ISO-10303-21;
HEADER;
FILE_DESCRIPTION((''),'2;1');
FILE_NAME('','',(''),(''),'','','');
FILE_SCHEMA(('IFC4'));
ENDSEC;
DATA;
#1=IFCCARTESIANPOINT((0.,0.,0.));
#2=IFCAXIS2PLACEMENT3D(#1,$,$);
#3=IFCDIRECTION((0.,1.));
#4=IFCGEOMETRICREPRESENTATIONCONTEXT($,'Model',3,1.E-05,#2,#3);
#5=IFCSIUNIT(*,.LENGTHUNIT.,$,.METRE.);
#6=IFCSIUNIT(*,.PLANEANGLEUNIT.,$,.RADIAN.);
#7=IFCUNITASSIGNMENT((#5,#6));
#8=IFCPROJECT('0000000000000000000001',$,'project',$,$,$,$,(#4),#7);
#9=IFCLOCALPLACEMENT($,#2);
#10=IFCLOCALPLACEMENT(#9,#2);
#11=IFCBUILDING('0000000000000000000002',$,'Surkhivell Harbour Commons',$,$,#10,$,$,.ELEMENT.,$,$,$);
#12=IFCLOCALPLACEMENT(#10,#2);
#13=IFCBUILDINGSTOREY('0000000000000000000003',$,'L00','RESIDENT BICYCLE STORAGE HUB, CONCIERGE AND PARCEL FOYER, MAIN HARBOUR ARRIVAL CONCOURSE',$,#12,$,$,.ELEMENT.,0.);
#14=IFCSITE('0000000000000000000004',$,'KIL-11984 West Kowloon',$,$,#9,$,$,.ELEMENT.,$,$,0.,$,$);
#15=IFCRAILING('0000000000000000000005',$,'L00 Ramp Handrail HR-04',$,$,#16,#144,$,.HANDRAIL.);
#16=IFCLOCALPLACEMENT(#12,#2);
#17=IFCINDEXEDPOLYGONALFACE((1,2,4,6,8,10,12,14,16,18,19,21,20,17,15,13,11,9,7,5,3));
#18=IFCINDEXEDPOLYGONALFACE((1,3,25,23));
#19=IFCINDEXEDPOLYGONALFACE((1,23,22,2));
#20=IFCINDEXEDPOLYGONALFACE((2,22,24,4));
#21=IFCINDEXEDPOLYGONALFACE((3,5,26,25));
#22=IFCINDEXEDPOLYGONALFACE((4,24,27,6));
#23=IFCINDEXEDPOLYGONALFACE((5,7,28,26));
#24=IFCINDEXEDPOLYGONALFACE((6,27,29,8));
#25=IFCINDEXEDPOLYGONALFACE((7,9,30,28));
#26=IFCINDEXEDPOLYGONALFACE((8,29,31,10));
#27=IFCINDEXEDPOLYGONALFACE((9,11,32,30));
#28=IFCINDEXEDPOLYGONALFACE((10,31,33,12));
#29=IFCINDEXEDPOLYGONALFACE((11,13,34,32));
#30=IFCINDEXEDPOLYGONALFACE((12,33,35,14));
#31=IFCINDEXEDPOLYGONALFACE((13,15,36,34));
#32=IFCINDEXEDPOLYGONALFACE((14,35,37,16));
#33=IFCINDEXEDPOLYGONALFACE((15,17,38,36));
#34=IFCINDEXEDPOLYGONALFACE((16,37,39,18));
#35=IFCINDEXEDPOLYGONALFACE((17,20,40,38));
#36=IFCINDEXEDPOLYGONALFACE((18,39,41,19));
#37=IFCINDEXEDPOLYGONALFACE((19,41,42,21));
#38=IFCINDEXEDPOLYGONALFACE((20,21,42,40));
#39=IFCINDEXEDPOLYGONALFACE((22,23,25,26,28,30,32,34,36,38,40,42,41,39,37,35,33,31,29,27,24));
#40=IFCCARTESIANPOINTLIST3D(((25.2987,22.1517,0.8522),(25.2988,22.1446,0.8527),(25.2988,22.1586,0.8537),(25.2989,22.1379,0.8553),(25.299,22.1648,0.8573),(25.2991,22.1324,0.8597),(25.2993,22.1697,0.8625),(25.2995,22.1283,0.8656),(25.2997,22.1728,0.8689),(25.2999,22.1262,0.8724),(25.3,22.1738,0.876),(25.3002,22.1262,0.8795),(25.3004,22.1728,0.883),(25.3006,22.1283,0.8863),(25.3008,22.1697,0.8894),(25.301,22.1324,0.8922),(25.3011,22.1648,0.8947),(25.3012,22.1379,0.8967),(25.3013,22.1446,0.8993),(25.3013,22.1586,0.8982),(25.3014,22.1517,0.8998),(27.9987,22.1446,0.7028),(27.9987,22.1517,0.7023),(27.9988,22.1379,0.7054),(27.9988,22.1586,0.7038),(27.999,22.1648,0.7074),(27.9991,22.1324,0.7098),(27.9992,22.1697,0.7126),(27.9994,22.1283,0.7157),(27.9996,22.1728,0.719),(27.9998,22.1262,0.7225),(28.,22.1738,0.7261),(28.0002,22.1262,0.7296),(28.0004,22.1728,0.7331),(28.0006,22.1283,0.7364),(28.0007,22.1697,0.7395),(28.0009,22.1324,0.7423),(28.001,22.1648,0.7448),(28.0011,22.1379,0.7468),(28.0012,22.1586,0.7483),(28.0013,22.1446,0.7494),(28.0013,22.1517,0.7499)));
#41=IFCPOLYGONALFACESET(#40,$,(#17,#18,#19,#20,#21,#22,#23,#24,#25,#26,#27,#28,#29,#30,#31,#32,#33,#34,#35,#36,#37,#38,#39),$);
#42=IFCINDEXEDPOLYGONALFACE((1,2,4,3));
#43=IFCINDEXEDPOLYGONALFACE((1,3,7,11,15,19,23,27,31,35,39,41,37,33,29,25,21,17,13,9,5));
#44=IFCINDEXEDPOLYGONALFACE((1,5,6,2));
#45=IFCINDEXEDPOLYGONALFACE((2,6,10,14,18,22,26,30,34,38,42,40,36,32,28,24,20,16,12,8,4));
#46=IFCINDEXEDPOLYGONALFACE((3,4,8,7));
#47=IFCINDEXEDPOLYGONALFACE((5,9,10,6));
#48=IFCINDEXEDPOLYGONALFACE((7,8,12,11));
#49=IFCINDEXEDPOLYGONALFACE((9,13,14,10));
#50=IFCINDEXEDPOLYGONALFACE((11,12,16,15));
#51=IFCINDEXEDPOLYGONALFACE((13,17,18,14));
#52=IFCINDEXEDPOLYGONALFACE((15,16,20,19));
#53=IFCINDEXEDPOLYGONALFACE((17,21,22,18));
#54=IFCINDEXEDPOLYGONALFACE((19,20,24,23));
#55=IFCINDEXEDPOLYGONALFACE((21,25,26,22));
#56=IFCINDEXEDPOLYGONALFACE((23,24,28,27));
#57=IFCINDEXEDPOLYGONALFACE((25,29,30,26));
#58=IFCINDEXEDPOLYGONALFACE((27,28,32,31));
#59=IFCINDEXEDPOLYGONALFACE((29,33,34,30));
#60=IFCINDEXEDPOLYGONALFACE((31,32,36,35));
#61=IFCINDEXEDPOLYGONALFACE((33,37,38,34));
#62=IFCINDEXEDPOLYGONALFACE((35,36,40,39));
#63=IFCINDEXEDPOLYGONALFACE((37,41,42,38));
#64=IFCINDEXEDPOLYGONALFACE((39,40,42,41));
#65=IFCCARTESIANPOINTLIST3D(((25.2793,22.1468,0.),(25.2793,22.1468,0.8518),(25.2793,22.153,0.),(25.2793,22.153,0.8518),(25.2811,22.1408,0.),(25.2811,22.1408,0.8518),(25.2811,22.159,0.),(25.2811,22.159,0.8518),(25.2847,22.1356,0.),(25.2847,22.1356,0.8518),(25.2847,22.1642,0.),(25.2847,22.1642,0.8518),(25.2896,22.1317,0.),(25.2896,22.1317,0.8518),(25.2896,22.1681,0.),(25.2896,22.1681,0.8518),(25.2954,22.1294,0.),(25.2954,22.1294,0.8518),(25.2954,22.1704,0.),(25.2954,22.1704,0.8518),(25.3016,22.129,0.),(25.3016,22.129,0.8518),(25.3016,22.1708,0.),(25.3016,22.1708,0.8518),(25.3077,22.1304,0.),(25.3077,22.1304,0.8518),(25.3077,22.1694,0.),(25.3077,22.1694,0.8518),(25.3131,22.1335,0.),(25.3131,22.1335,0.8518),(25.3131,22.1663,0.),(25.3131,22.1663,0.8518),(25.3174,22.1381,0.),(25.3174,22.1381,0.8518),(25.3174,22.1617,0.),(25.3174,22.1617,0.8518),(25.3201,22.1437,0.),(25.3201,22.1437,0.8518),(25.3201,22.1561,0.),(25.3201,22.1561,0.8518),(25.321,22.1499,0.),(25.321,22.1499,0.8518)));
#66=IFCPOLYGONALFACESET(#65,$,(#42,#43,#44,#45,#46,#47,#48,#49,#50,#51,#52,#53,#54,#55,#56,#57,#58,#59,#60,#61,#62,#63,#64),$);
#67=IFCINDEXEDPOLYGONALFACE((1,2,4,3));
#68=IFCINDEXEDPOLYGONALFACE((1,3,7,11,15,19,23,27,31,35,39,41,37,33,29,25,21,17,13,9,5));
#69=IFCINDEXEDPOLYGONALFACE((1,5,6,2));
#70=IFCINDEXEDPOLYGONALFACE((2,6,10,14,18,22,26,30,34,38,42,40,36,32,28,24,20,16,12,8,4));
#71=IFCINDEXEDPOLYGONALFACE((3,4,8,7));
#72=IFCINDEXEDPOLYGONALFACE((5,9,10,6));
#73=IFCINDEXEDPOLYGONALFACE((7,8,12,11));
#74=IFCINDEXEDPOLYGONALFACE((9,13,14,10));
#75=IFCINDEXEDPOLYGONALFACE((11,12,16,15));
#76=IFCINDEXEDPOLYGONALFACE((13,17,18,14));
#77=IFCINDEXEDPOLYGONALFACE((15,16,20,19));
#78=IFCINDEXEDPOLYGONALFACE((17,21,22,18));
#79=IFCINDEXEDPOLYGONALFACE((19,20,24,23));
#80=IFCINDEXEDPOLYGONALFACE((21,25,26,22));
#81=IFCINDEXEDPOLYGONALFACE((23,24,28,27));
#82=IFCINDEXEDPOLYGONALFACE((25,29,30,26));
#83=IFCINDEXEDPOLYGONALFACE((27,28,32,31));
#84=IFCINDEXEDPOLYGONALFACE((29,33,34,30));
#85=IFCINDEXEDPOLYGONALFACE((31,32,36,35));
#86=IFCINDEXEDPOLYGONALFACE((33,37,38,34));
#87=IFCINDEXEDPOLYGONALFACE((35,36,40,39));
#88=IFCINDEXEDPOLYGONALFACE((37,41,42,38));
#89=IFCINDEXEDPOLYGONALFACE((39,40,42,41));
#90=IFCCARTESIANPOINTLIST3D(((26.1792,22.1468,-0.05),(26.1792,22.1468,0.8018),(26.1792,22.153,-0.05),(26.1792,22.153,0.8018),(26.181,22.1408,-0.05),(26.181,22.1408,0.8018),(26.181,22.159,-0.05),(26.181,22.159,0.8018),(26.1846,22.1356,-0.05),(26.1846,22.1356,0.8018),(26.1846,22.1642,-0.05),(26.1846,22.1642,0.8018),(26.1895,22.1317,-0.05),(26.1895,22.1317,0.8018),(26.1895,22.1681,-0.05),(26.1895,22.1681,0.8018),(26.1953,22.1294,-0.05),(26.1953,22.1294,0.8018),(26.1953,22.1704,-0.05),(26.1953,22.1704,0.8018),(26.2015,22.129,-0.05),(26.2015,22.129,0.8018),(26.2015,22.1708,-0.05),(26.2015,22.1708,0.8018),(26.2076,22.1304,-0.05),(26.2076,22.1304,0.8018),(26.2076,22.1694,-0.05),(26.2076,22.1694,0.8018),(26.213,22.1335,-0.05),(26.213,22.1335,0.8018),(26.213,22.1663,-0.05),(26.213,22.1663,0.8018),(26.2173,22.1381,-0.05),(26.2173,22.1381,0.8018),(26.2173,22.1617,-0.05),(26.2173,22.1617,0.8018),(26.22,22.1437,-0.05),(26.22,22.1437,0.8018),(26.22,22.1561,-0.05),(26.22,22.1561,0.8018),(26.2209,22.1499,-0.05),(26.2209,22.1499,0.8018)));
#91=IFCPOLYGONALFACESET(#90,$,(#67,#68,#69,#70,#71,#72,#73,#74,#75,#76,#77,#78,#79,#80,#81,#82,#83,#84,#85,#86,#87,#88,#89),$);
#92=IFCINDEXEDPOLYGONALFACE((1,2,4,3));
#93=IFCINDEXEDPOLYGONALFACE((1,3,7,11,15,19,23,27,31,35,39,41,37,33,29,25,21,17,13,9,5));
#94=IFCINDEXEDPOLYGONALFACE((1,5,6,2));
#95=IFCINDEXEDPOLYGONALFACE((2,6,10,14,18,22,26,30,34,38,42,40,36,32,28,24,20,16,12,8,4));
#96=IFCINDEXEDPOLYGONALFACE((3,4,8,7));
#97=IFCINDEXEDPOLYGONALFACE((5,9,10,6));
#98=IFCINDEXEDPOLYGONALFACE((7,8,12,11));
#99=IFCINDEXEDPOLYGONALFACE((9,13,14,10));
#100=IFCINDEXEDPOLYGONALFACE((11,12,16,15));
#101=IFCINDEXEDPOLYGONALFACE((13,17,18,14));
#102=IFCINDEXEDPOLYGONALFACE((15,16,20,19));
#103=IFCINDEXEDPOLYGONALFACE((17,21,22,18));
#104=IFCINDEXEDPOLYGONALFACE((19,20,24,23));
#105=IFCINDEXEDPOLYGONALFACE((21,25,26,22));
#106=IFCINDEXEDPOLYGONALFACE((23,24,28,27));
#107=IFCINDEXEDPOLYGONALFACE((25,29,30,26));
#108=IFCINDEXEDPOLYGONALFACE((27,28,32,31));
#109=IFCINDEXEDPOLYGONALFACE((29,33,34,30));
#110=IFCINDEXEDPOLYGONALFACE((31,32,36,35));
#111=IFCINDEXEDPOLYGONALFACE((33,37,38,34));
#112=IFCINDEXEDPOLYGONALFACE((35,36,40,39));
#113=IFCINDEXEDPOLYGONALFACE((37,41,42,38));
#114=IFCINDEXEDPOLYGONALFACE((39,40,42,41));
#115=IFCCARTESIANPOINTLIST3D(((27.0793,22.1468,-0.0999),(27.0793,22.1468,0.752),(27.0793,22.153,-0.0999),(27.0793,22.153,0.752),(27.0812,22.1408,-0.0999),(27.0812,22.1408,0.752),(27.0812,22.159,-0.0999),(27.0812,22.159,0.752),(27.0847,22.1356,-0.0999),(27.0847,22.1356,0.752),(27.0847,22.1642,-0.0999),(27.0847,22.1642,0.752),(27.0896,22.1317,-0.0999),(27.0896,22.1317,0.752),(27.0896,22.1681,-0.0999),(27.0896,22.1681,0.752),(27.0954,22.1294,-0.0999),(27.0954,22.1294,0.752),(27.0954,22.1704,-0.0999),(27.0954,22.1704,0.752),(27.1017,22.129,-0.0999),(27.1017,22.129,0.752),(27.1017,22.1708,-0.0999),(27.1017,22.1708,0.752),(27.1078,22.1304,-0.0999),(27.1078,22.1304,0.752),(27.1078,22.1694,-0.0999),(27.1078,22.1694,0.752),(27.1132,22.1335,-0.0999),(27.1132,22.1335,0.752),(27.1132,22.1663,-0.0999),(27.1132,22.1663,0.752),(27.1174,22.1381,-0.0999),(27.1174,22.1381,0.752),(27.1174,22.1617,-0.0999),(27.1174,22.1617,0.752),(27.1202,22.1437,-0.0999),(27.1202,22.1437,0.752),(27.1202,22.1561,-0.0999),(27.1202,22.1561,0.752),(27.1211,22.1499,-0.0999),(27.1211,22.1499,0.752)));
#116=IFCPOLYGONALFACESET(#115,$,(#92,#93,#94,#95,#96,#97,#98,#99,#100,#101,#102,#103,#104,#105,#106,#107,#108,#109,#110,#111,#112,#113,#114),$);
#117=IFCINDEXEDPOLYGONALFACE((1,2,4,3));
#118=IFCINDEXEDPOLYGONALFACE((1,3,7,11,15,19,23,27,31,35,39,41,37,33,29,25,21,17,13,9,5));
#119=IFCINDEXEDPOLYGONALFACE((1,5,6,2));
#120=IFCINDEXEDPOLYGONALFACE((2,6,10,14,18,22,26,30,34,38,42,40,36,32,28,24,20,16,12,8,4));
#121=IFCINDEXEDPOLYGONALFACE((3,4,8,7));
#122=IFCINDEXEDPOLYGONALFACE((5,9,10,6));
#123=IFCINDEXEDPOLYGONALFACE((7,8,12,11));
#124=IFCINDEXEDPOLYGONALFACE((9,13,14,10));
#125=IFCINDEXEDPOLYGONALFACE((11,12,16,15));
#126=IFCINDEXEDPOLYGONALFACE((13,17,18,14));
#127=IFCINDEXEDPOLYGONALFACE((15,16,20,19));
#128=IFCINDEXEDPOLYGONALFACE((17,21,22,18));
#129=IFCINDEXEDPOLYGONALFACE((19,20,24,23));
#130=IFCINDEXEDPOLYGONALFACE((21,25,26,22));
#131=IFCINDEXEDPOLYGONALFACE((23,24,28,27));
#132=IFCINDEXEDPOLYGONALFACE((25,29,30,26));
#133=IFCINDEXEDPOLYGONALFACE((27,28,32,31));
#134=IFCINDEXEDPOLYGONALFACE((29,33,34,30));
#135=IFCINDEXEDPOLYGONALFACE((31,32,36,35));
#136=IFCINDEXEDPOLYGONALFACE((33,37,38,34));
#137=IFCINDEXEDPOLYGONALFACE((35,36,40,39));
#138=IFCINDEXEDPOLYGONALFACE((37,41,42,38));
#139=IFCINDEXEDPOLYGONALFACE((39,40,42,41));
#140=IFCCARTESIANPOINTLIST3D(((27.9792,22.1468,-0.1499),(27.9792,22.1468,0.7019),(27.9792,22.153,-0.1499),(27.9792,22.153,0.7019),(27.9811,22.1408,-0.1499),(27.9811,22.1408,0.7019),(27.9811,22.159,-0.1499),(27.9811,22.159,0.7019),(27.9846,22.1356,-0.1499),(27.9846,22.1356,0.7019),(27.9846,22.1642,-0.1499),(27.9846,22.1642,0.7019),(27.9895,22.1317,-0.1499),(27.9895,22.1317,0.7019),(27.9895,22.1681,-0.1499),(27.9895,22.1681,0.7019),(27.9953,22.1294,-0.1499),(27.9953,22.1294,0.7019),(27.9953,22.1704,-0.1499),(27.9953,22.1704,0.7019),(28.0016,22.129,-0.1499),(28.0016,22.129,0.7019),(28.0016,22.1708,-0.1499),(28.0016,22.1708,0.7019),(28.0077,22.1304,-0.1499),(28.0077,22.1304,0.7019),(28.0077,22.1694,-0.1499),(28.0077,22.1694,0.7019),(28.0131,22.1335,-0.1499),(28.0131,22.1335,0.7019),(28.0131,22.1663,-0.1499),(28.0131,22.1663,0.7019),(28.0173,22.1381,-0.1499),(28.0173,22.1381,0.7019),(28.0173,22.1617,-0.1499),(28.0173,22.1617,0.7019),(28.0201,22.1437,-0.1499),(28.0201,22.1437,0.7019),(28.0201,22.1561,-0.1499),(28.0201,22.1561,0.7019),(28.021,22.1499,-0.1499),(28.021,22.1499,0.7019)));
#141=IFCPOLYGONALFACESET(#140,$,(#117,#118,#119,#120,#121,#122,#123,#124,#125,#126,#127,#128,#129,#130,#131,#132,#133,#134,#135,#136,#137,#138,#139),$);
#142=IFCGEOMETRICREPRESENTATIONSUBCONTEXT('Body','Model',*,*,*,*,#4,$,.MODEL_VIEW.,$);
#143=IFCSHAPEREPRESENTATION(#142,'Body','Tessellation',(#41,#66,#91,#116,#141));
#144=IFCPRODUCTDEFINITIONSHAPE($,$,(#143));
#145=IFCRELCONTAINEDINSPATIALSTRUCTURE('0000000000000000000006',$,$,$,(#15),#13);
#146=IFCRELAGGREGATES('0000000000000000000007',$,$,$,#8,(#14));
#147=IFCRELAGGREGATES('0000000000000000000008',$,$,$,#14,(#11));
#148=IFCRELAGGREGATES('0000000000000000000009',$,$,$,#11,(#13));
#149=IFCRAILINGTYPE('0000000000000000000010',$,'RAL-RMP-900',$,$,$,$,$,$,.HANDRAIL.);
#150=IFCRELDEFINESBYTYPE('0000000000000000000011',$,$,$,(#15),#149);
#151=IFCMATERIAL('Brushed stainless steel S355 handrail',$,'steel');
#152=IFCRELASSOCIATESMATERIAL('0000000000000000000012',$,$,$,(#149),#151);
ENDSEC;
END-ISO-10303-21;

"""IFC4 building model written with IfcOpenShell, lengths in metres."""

from ifc_helpers import new_model, si_unit, direction, frame, origin, origin_2d, place, context, subcontext, project, spatial, circle, extrude, material, type_object, element, save


model = new_model("IFC4")

# Units and contexts
model_context = context("Model", 3, precision=1e-05, world=origin(), true_north=direction((0.0, 1.0)))
body_context = subcontext(model_context, "Body", "Model", "MODEL_VIEW")
ifc_project = project(units=[si_unit("LENGTHUNIT", "METRE"), si_unit("PLANEANGLEUNIT", "RADIAN")], contexts=[model_context])

# Site, building, storey
site_placement = place(None, origin())
site = spatial("IfcSite", under=ifc_project, at=site_placement, Name="KIL-11984 West Kowloon", CompositionType="ELEMENT", RefElevation=0.0)
building_placement = place(site_placement, origin())
building = spatial("IfcBuilding", under=site, at=building_placement, Name="Surkhivell Harbour Commons", CompositionType="ELEMENT")
storey_placement = place(building_placement, origin())
storey = spatial("IfcBuildingStorey", under=building, at=storey_placement, Name="L00", Description="RESIDENT BICYCLE STORAGE HUB, CONCIERGE AND PARCEL FOYER, MAIN HARBOUR ARRIVAL CONCOURSE", CompositionType="ELEMENT", Elevation=0.0)

# Railing
ifc_material_1 = material(Name="Brushed stainless steel S355 handrail", Category="steel")
railing_type = type_object("IfcRailingType", Name="RAL-RMP-900", PredefinedType="HANDRAIL", material=ifc_material_1)
railing_placement = place(storey_placement, frame((25.3, 22.1499, 0.0)))
element("IfcRailing", 1, at=railing_placement, inside=storey, type_object=railing_type, Name="L00 Ramp Handrail HR-04", PredefinedType="HANDRAIL", context=body_context, shape_type="SweptSolid", body=[
    extrude(circle(Radius=0.0239, at=origin_2d()), frame((0.0, 0.0, 0.876), z_axis=(0.998462, 0.0, -0.055435), x_axis=(0.0, 1.0, 0.0)), (0.0, 0.0, 1.0), 2.7041),
    extrude(circle(Radius=0.021, at=origin_2d()), origin(), (0.0, 0.0, 1.0), 0.8518),
    extrude(circle(Radius=0.021, at=origin_2d()), frame((0.8999, 0.0, -0.05)), (0.0, 0.0, 1.0), 0.8518),
    extrude(circle(Radius=0.021, at=origin_2d()), frame((1.8, 0.0, -0.0999)), (0.0, 0.0, 1.0), 0.8518),
    extrude(circle(Radius=0.021, at=origin_2d()), frame((2.7, 0.0, -0.1499)), (0.0, 0.0, 1.0), 0.8518),
])

save(model, "model.ifc")
